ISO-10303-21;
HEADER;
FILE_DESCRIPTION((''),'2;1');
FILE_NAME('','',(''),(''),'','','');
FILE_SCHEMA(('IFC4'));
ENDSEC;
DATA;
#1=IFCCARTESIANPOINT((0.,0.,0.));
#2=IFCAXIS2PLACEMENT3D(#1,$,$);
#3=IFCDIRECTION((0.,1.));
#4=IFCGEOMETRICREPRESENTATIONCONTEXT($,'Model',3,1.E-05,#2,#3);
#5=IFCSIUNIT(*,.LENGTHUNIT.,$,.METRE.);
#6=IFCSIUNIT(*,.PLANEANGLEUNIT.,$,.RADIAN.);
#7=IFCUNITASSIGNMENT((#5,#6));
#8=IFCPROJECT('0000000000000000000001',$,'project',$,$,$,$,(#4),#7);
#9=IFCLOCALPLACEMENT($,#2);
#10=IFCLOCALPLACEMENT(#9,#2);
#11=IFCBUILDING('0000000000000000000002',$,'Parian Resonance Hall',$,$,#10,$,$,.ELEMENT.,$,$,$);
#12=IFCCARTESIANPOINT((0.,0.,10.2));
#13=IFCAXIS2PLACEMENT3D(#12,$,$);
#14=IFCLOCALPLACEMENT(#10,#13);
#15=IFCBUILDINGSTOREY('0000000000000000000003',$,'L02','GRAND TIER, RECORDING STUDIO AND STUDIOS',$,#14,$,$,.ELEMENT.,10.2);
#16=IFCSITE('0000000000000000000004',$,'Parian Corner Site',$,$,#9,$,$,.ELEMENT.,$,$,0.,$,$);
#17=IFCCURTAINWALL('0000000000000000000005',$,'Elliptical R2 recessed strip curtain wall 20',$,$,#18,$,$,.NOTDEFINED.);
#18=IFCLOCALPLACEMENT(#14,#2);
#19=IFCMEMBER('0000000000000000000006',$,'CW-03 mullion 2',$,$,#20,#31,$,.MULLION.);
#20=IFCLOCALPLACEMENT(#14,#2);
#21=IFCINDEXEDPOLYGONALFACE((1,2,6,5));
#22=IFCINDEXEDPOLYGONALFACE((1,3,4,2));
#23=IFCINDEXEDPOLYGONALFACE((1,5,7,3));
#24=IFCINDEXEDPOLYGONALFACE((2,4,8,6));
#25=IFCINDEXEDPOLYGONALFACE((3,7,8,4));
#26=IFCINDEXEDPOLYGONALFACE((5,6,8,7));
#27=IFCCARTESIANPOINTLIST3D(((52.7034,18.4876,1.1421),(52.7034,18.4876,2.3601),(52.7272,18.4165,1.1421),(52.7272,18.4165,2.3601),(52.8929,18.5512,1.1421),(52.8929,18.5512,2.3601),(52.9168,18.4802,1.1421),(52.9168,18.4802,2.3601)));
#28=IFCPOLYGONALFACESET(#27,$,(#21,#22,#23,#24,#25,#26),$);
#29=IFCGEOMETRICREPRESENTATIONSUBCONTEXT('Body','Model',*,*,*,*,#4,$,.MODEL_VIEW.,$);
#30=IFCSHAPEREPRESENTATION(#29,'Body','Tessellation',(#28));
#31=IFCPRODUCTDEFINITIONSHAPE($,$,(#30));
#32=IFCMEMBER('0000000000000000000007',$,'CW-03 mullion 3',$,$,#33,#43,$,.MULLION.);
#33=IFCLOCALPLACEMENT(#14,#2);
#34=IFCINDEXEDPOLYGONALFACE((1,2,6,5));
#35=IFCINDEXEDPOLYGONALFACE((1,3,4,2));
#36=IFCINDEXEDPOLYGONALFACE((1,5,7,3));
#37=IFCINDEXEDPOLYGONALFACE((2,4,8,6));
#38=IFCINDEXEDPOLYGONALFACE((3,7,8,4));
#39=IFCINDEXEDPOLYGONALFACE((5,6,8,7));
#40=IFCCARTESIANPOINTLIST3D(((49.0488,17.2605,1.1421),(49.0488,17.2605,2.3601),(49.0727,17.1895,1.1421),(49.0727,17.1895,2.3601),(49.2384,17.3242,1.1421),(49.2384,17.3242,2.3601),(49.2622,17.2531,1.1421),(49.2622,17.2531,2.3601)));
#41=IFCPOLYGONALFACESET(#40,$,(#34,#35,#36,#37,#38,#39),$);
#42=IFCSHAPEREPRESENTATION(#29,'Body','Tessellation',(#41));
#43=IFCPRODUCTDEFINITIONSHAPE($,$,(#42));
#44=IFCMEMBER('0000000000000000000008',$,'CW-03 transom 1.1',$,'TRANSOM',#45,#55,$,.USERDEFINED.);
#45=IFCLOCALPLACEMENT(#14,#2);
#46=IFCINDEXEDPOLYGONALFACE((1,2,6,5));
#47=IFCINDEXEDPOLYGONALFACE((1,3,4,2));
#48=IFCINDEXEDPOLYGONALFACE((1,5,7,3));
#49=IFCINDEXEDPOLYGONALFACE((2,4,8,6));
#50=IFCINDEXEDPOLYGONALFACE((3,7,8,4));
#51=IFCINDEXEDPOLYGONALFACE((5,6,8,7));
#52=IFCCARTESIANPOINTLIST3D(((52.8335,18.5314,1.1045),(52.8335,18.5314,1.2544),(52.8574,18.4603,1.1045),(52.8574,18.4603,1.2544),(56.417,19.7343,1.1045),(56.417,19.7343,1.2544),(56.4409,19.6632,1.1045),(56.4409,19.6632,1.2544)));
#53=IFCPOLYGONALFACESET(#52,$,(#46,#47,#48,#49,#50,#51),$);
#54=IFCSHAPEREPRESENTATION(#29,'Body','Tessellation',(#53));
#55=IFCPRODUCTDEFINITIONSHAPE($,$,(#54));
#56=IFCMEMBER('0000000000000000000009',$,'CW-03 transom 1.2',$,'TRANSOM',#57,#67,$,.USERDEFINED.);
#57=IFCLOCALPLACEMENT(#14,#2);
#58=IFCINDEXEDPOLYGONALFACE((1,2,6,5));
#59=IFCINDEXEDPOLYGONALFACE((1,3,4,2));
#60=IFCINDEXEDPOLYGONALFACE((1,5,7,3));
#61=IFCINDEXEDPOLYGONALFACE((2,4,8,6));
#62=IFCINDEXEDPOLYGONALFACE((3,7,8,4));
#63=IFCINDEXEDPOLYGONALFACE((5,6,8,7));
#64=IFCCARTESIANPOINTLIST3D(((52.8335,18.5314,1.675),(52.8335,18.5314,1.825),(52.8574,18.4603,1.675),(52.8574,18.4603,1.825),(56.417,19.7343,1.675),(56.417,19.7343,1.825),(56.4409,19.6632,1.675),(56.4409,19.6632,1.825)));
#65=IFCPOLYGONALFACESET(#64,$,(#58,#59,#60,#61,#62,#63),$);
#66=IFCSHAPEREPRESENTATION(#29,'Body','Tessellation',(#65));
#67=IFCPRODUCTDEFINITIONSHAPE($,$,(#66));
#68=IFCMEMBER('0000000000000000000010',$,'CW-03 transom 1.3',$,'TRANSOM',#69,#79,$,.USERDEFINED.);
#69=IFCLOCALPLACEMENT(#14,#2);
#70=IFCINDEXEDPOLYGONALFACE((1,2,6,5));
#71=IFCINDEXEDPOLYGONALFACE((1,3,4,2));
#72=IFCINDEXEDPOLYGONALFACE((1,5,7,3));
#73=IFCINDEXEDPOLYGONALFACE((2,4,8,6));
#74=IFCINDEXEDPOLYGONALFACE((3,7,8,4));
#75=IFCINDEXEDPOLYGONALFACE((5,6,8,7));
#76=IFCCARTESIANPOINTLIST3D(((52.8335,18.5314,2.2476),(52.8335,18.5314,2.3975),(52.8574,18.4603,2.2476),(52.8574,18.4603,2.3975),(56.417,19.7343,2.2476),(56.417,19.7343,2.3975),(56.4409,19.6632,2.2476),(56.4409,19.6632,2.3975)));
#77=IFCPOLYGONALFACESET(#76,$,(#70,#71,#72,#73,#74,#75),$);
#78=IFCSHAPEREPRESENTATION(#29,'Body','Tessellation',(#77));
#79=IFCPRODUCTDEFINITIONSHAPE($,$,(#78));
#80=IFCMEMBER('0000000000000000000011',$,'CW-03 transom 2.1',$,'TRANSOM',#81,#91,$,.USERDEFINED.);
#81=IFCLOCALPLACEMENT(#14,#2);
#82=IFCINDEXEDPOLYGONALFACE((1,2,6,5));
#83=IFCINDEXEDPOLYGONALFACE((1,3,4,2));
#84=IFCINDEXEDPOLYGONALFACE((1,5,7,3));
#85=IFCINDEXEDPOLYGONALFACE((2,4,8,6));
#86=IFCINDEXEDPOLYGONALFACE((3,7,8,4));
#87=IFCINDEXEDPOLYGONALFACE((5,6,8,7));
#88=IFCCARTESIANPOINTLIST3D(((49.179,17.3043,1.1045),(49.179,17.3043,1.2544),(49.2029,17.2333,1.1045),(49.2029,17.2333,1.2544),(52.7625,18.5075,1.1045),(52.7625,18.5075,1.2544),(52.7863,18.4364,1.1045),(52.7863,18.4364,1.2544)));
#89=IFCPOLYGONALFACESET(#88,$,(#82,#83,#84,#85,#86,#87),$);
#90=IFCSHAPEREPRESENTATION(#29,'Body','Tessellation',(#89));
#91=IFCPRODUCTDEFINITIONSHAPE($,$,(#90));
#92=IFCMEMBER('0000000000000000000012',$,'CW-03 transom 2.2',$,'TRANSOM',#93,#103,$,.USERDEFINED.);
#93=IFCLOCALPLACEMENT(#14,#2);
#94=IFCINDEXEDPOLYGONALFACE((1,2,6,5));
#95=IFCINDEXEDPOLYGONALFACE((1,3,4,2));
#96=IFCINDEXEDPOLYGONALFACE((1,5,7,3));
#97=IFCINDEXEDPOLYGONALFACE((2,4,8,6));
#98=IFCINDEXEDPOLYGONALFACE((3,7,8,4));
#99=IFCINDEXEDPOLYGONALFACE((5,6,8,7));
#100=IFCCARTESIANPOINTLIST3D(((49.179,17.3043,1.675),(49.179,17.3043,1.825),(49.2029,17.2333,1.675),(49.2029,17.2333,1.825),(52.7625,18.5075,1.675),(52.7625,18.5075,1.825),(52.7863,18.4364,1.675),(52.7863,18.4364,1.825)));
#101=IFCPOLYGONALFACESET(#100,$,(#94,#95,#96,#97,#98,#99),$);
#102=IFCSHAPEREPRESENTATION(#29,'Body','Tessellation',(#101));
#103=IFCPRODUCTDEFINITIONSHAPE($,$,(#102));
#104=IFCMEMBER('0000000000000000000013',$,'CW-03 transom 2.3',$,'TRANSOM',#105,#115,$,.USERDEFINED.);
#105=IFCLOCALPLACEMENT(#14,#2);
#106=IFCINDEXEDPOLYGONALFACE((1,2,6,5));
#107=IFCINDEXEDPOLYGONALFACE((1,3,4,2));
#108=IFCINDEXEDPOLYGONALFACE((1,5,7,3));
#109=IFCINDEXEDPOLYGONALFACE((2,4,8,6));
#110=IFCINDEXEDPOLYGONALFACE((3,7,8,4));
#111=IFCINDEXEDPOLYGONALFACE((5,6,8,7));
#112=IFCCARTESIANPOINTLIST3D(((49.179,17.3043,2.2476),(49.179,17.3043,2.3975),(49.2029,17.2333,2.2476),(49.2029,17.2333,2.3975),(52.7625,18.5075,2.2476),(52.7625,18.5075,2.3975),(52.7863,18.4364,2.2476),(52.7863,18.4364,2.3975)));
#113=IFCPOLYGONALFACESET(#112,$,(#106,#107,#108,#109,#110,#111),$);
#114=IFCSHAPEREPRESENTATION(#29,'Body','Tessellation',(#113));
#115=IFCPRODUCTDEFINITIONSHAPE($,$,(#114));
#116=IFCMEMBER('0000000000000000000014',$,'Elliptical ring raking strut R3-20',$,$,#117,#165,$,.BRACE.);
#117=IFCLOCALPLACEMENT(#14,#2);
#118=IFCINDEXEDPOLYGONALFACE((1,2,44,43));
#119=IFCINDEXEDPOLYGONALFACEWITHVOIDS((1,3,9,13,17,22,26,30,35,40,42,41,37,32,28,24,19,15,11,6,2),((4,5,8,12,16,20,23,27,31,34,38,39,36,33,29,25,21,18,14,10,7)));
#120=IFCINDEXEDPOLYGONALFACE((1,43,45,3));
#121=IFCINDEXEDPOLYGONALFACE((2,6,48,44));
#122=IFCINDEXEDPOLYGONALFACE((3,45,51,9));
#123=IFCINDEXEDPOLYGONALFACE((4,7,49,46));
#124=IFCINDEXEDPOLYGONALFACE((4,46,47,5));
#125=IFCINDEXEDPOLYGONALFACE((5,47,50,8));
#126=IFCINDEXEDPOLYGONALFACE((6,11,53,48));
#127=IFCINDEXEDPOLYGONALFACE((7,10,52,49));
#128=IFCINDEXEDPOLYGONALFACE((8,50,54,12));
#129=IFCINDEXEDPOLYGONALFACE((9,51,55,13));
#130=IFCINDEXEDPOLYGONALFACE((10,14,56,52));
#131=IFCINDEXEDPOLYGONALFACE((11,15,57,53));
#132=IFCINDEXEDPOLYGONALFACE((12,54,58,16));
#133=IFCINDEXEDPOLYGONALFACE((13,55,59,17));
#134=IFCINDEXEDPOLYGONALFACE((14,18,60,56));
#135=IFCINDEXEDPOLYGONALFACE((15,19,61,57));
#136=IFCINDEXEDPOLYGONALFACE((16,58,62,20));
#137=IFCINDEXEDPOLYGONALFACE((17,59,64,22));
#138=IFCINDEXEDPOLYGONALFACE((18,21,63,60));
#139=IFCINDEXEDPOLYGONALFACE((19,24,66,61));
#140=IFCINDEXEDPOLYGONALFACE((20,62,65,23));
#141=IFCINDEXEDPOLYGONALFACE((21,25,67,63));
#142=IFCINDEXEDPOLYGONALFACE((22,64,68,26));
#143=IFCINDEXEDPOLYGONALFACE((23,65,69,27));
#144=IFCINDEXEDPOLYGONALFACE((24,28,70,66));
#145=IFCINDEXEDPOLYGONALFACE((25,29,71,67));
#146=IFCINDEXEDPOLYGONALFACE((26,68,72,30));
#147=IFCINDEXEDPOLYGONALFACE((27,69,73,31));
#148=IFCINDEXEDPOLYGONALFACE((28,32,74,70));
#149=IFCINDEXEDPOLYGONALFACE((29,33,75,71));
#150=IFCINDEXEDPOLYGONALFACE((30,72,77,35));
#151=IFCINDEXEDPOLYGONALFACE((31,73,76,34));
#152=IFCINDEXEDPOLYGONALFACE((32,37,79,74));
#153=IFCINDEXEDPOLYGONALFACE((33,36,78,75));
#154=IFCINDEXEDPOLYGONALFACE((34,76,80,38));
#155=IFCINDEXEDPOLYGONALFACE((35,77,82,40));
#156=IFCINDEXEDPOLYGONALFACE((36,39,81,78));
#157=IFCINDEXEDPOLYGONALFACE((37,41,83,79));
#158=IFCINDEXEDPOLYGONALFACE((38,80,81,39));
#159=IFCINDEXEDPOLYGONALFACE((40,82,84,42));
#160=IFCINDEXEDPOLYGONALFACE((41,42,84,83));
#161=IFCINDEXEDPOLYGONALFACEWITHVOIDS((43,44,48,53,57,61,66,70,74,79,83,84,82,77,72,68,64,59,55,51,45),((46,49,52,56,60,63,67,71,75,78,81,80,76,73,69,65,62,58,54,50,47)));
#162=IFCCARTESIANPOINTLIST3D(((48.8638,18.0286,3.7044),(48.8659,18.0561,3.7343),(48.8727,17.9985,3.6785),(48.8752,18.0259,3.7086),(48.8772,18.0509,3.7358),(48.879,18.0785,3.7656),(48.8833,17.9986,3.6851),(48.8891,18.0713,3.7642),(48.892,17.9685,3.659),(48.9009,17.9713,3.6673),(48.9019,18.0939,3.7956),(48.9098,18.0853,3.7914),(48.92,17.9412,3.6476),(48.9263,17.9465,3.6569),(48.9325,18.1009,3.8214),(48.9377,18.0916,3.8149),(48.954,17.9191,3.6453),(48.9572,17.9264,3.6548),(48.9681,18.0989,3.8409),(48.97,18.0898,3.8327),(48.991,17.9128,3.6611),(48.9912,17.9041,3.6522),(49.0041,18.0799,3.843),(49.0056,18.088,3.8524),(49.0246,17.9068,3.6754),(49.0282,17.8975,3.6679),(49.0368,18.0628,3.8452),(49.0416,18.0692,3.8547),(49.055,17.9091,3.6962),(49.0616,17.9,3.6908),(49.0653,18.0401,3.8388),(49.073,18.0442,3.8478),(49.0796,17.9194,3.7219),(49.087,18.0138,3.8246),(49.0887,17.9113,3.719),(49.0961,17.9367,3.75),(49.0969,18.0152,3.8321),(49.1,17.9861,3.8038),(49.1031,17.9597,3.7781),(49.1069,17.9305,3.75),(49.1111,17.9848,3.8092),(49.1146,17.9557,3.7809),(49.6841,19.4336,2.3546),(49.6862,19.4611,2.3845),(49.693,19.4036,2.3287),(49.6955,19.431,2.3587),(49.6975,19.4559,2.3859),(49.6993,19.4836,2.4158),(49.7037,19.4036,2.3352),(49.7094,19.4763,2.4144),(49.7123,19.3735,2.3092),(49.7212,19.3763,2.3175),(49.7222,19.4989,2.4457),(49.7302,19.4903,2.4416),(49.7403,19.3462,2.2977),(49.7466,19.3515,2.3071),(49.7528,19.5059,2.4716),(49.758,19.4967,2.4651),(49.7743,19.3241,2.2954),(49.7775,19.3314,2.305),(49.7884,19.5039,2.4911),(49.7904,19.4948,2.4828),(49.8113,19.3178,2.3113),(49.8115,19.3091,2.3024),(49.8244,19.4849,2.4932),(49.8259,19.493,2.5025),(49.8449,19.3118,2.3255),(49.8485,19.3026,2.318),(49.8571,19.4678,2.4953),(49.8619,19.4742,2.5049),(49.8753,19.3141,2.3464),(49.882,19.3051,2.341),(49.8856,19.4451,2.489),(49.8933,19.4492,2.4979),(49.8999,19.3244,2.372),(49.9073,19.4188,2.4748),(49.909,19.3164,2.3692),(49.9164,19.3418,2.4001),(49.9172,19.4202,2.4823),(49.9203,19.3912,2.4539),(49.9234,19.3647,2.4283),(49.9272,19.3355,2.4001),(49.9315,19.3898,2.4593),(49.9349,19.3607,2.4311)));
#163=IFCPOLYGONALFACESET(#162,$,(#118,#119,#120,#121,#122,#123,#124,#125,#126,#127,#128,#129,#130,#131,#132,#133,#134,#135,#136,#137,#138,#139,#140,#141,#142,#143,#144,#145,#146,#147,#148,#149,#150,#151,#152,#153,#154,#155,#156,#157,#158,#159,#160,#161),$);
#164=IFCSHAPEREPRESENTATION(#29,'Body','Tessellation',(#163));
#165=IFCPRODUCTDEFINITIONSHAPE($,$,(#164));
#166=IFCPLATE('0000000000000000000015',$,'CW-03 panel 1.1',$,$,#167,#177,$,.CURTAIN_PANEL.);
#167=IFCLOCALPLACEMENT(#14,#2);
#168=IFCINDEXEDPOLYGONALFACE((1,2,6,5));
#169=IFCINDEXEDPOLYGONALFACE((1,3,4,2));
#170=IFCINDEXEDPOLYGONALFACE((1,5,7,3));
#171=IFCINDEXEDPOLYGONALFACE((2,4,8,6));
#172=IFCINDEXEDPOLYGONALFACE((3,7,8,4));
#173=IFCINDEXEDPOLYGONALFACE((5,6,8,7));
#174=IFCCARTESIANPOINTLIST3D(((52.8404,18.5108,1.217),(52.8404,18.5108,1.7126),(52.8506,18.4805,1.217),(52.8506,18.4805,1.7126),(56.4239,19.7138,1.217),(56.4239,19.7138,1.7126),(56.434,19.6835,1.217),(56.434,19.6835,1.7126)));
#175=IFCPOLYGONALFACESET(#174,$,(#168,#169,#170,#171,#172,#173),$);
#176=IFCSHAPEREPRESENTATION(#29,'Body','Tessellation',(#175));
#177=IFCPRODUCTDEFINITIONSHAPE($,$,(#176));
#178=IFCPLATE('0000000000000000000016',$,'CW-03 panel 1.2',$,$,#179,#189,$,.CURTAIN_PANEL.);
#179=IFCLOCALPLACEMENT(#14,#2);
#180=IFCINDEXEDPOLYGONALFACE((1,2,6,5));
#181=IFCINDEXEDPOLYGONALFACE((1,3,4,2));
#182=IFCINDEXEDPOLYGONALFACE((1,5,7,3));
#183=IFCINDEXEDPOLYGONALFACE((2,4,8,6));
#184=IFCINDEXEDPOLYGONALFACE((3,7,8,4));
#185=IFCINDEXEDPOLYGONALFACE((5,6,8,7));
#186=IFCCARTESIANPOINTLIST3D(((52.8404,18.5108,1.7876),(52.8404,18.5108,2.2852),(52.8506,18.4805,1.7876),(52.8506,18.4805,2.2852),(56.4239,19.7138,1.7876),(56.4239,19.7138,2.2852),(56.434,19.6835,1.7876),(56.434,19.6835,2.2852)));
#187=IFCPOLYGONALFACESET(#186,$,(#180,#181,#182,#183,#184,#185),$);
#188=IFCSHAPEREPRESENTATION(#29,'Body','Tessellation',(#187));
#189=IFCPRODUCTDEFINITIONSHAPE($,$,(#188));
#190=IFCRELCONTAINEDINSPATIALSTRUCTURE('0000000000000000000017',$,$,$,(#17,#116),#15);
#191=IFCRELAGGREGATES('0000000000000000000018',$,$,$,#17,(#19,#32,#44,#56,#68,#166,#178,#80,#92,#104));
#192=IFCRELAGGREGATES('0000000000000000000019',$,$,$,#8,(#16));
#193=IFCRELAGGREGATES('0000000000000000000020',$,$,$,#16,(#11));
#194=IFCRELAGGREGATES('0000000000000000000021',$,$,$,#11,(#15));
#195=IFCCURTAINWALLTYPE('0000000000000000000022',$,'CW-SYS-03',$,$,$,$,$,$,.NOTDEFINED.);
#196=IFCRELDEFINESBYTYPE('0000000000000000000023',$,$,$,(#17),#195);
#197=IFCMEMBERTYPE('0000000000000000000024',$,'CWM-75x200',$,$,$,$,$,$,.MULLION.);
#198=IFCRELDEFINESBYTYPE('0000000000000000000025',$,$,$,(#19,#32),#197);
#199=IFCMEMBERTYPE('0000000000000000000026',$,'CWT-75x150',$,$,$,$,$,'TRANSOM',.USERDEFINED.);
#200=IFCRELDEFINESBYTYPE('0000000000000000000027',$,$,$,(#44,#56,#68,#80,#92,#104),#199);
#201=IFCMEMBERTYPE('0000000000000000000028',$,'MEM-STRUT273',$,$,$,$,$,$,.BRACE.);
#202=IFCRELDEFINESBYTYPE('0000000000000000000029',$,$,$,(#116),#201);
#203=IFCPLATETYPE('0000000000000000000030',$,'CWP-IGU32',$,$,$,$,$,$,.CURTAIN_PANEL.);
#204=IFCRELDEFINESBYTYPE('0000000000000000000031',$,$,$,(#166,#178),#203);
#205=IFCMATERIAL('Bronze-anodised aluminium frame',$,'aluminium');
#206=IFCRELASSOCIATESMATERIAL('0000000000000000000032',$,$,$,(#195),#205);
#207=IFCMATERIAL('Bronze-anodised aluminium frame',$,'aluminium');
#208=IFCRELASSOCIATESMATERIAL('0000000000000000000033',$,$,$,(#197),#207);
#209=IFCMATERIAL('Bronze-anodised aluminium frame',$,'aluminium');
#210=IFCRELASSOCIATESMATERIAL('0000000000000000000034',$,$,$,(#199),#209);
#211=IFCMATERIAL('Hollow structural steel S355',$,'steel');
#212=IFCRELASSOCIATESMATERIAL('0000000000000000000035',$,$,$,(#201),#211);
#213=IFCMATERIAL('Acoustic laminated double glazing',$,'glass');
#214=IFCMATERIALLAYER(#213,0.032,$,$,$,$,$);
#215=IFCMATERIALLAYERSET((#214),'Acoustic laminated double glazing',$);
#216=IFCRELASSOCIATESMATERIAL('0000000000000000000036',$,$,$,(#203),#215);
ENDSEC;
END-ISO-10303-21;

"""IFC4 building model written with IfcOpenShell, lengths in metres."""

from ifc_helpers import new_model, si_unit, direction, frame, origin, origin_2d, place, context, subcontext, project, spatial, rectangle, hollow_circle, extrude, material, layer, layer_set, material_profile, profile_set, type_object, element, aggregate, save


model = new_model("IFC4")

# Units and contexts
model_context = context("Model", 3, precision=1e-05, world=origin(), true_north=direction((0.0, 1.0)))
body_context = subcontext(model_context, "Body", "Model", "MODEL_VIEW")
ifc_project = project(units=[si_unit("LENGTHUNIT", "METRE"), si_unit("PLANEANGLEUNIT", "RADIAN")], contexts=[model_context])

# Site, building, storey
site_placement = place(None, origin())
site = spatial("IfcSite", under=ifc_project, at=site_placement, Name="Parian Corner Site", CompositionType="ELEMENT", RefElevation=0.0)
building_placement = place(site_placement, origin())
building = spatial("IfcBuilding", under=site, at=building_placement, Name="Parian Resonance Hall", CompositionType="ELEMENT")
storey_placement = place(building_placement, frame((0.0, 0.0, 10.2)))
storey = spatial("IfcBuildingStorey", under=building, at=storey_placement, Name="L02", Description="GRAND TIER, RECORDING STUDIO AND STUDIOS", CompositionType="ELEMENT", Elevation=10.2)

# Curtain wall, members
ifc_material_1 = material(Name="Bronze-anodised aluminium frame", Category="aluminium")
curtain_wall_type = type_object("IfcCurtainWallType", Name="CW-SYS-03", PredefinedType="NOTDEFINED", material=ifc_material_1)
curtain_wall_placement = place(storey_placement, origin())
curtain_wall = element("IfcCurtainWall", 1, at=curtain_wall_placement, inside=storey, type_object=curtain_wall_type, Name="Elliptical R2 recessed strip curtain wall 20", PredefinedType="NOTDEFINED")
ifc_material_2 = material(Name="Bronze-anodised aluminium frame", Category="aluminium")
ifc_material_profile_1 = material_profile(ifc_material_2, rectangle(XDim=0.075, YDim=0.2, at=origin_2d()), Name="CWM-75x200")
ifc_profile_set_1 = profile_set([ifc_material_profile_1], Name="Bronze-anodised aluminium frame")
member_type_1 = type_object("IfcMemberType", Name="CWM-75x200", PredefinedType="MULLION", material=ifc_profile_set_1)
member_1_placement = place(storey_placement, frame((52.8101, 18.4839, 1.1421), z_axis=(0.0, 0.0, 1.0), x_axis=(0.318258, -0.948004, 0.0)))
member_1 = element("IfcMember", 2, at=member_1_placement, type_object=member_type_1, Name="CW-03 mullion 2", PredefinedType="MULLION", context=body_context, shape_type="SweptSolid", body=[
    extrude(rectangle(XDim=0.075, YDim=0.2, at=origin_2d()), origin(), (0.0, 0.0, 1.0), 1.218),
])
member_2_placement = place(storey_placement, frame((49.1555, 17.2568, 1.1421), z_axis=(0.0, 0.0, 1.0), x_axis=(0.318258, -0.948004, 0.0)))
member_2 = element("IfcMember", 3, at=member_2_placement, type_object=member_type_1, Name="CW-03 mullion 3", PredefinedType="MULLION", context=body_context, shape_type="SweptSolid", body=[
    extrude(rectangle(XDim=0.075, YDim=0.2, at=origin_2d()), origin(), (0.0, 0.0, 1.0), 1.218),
])
ifc_material_3 = material(Name="Bronze-anodised aluminium frame", Category="aluminium")
ifc_material_profile_2 = material_profile(ifc_material_3, rectangle(XDim=0.075, YDim=0.1499, at=origin_2d()), Name="CWT-75x150")
ifc_profile_set_2 = profile_set([ifc_material_profile_2], Name="Bronze-anodised aluminium frame")
member_type_2 = type_object("IfcMemberType", Name="CWT-75x150", ElementType="TRANSOM", PredefinedType="USERDEFINED", material=ifc_profile_set_2)
member_3_placement = place(storey_placement, frame((56.429, 19.6987, 1.1794), z_axis=(-0.948016, -0.318223, 0.0), x_axis=(0.318223, -0.948016, 0.0)))
member_3 = element("IfcMember", 4, at=member_3_placement, type_object=member_type_2, Name="CW-03 transom 1.1", ObjectType="TRANSOM", PredefinedType="USERDEFINED", context=body_context, shape_type="SweptSolid", body=[
    extrude(rectangle(XDim=0.075, YDim=0.1499, at=origin_2d()), origin(), (0.0, 0.0, 1.0), 3.78),
])
member_4_placement = place(storey_placement, frame((56.429, 19.6987, 1.75), z_axis=(-0.948016, -0.318223, 0.0), x_axis=(0.318223, -0.948016, 0.0)))
member_4 = element("IfcMember", 5, at=member_4_placement, type_object=member_type_2, Name="CW-03 transom 1.2", ObjectType="TRANSOM", PredefinedType="USERDEFINED", context=body_context, shape_type="SweptSolid", body=[
    extrude(rectangle(XDim=0.075, YDim=0.1499, at=origin_2d()), origin(), (0.0, 0.0, 1.0), 3.78),
])
member_5_placement = place(storey_placement, frame((56.429, 19.6987, 2.3225), z_axis=(-0.948016, -0.318223, 0.0), x_axis=(0.318223, -0.948016, 0.0)))
member_5 = element("IfcMember", 6, at=member_5_placement, type_object=member_type_2, Name="CW-03 transom 1.3", ObjectType="TRANSOM", PredefinedType="USERDEFINED", context=body_context, shape_type="SweptSolid", body=[
    extrude(rectangle(XDim=0.075, YDim=0.1499, at=origin_2d()), origin(), (0.0, 0.0, 1.0), 3.78),
])
member_6_placement = place(storey_placement, frame((52.7744, 18.4719, 1.1794), z_axis=(-0.947996, -0.318281, 0.0), x_axis=(0.318281, -0.947996, 0.0)))
member_6 = element("IfcMember", 7, at=member_6_placement, type_object=member_type_2, Name="CW-03 transom 2.1", ObjectType="TRANSOM", PredefinedType="USERDEFINED", context=body_context, shape_type="SweptSolid", body=[
    extrude(rectangle(XDim=0.075, YDim=0.1499, at=origin_2d()), origin(), (0.0, 0.0, 1.0), 3.78),
])
member_7_placement = place(storey_placement, frame((52.7744, 18.4719, 1.75), z_axis=(-0.947996, -0.318281, 0.0), x_axis=(0.318281, -0.947996, 0.0)))
member_7 = element("IfcMember", 8, at=member_7_placement, type_object=member_type_2, Name="CW-03 transom 2.2", ObjectType="TRANSOM", PredefinedType="USERDEFINED", context=body_context, shape_type="SweptSolid", body=[
    extrude(rectangle(XDim=0.075, YDim=0.1499, at=origin_2d()), origin(), (0.0, 0.0, 1.0), 3.78),
])
member_8_placement = place(storey_placement, frame((52.7744, 18.4719, 2.3225), z_axis=(-0.947996, -0.318281, 0.0), x_axis=(0.318281, -0.947996, 0.0)))
member_8 = element("IfcMember", 9, at=member_8_placement, type_object=member_type_2, Name="CW-03 transom 2.3", ObjectType="TRANSOM", PredefinedType="USERDEFINED", context=body_context, shape_type="SweptSolid", body=[
    extrude(rectangle(XDim=0.075, YDim=0.1499, at=origin_2d()), origin(), (0.0, 0.0, 1.0), 3.78),
])

# Member
ifc_material_4 = material(Name="Hollow structural steel S355", Category="steel")
ifc_material_profile_3 = material_profile(ifc_material_4, hollow_circle(Radius=0.1365, WallThickness=0.0125, at=origin_2d()), Name="CHS273x12.5")
ifc_profile_set_3 = profile_set([ifc_material_profile_3], Name="Hollow structural steel S355")
member_type_3 = type_object("IfcMemberType", Name="MEM-STRUT273", PredefinedType="BRACE", material=ifc_profile_set_3)
member_9_placement = place(storey_placement, frame((49.8093, 19.4043, 2.4001), z_axis=(-0.388033, -0.664621, 0.638521), x_axis=(0.863588, -0.504198, 0.0)))
element("IfcMember", 10, at=member_9_placement, inside=storey, type_object=member_type_3, Name="Elliptical ring raking strut R3-20", PredefinedType="BRACE", context=body_context, shape_type="SweptSolid", body=[
    extrude(hollow_circle(Radius=0.1365, WallThickness=0.0125, at=origin_2d()), origin(), (0.0, 0.0, 1.0), 2.114),
])

# Plates
ifc_material_5 = material(Name="Acoustic laminated double glazing", Category="glass")
ifc_layer_1 = layer(ifc_material_5, 0.032)
ifc_layer_set_1 = layer_set([ifc_layer_1], Name="Acoustic laminated double glazing")
plate_type_1 = type_object("IfcPlateType", Name="CWP-IGU32", PredefinedType="CURTAIN_PANEL", material=ifc_layer_set_1)
plate_1_placement = place(storey_placement, frame((54.6372, 19.0972, 1.217), z_axis=(0.0, 0.0, 1.0), x_axis=(-0.948004, -0.318258, 0.0)))
plate_1 = element("IfcPlate", 11, at=plate_1_placement, type_object=plate_type_1, Name="CW-03 panel 1.1", PredefinedType="CURTAIN_PANEL", context=body_context, shape_type="SweptSolid", body=[
    extrude(rectangle(XDim=3.78, YDim=0.032, at=origin_2d()), origin(), (0.0, 0.0, 1.0), 0.4956),
])
plate_2_placement = place(storey_placement, frame((54.6372, 19.0972, 1.7876), z_axis=(0.0, 0.0, 1.0), x_axis=(-0.948004, -0.318258, 0.0)))
plate_2 = element("IfcPlate", 12, at=plate_2_placement, type_object=plate_type_1, Name="CW-03 panel 1.2", PredefinedType="CURTAIN_PANEL", context=body_context, shape_type="SweptSolid", body=[
    extrude(rectangle(XDim=3.78, YDim=0.032, at=origin_2d()), origin(), (0.0, 0.0, 1.0), 0.4976),
])
aggregate(curtain_wall, [member_1, member_2, member_3, member_4, member_5, plate_1, plate_2, member_6, member_7, member_8])

save(model, "model.ifc")
